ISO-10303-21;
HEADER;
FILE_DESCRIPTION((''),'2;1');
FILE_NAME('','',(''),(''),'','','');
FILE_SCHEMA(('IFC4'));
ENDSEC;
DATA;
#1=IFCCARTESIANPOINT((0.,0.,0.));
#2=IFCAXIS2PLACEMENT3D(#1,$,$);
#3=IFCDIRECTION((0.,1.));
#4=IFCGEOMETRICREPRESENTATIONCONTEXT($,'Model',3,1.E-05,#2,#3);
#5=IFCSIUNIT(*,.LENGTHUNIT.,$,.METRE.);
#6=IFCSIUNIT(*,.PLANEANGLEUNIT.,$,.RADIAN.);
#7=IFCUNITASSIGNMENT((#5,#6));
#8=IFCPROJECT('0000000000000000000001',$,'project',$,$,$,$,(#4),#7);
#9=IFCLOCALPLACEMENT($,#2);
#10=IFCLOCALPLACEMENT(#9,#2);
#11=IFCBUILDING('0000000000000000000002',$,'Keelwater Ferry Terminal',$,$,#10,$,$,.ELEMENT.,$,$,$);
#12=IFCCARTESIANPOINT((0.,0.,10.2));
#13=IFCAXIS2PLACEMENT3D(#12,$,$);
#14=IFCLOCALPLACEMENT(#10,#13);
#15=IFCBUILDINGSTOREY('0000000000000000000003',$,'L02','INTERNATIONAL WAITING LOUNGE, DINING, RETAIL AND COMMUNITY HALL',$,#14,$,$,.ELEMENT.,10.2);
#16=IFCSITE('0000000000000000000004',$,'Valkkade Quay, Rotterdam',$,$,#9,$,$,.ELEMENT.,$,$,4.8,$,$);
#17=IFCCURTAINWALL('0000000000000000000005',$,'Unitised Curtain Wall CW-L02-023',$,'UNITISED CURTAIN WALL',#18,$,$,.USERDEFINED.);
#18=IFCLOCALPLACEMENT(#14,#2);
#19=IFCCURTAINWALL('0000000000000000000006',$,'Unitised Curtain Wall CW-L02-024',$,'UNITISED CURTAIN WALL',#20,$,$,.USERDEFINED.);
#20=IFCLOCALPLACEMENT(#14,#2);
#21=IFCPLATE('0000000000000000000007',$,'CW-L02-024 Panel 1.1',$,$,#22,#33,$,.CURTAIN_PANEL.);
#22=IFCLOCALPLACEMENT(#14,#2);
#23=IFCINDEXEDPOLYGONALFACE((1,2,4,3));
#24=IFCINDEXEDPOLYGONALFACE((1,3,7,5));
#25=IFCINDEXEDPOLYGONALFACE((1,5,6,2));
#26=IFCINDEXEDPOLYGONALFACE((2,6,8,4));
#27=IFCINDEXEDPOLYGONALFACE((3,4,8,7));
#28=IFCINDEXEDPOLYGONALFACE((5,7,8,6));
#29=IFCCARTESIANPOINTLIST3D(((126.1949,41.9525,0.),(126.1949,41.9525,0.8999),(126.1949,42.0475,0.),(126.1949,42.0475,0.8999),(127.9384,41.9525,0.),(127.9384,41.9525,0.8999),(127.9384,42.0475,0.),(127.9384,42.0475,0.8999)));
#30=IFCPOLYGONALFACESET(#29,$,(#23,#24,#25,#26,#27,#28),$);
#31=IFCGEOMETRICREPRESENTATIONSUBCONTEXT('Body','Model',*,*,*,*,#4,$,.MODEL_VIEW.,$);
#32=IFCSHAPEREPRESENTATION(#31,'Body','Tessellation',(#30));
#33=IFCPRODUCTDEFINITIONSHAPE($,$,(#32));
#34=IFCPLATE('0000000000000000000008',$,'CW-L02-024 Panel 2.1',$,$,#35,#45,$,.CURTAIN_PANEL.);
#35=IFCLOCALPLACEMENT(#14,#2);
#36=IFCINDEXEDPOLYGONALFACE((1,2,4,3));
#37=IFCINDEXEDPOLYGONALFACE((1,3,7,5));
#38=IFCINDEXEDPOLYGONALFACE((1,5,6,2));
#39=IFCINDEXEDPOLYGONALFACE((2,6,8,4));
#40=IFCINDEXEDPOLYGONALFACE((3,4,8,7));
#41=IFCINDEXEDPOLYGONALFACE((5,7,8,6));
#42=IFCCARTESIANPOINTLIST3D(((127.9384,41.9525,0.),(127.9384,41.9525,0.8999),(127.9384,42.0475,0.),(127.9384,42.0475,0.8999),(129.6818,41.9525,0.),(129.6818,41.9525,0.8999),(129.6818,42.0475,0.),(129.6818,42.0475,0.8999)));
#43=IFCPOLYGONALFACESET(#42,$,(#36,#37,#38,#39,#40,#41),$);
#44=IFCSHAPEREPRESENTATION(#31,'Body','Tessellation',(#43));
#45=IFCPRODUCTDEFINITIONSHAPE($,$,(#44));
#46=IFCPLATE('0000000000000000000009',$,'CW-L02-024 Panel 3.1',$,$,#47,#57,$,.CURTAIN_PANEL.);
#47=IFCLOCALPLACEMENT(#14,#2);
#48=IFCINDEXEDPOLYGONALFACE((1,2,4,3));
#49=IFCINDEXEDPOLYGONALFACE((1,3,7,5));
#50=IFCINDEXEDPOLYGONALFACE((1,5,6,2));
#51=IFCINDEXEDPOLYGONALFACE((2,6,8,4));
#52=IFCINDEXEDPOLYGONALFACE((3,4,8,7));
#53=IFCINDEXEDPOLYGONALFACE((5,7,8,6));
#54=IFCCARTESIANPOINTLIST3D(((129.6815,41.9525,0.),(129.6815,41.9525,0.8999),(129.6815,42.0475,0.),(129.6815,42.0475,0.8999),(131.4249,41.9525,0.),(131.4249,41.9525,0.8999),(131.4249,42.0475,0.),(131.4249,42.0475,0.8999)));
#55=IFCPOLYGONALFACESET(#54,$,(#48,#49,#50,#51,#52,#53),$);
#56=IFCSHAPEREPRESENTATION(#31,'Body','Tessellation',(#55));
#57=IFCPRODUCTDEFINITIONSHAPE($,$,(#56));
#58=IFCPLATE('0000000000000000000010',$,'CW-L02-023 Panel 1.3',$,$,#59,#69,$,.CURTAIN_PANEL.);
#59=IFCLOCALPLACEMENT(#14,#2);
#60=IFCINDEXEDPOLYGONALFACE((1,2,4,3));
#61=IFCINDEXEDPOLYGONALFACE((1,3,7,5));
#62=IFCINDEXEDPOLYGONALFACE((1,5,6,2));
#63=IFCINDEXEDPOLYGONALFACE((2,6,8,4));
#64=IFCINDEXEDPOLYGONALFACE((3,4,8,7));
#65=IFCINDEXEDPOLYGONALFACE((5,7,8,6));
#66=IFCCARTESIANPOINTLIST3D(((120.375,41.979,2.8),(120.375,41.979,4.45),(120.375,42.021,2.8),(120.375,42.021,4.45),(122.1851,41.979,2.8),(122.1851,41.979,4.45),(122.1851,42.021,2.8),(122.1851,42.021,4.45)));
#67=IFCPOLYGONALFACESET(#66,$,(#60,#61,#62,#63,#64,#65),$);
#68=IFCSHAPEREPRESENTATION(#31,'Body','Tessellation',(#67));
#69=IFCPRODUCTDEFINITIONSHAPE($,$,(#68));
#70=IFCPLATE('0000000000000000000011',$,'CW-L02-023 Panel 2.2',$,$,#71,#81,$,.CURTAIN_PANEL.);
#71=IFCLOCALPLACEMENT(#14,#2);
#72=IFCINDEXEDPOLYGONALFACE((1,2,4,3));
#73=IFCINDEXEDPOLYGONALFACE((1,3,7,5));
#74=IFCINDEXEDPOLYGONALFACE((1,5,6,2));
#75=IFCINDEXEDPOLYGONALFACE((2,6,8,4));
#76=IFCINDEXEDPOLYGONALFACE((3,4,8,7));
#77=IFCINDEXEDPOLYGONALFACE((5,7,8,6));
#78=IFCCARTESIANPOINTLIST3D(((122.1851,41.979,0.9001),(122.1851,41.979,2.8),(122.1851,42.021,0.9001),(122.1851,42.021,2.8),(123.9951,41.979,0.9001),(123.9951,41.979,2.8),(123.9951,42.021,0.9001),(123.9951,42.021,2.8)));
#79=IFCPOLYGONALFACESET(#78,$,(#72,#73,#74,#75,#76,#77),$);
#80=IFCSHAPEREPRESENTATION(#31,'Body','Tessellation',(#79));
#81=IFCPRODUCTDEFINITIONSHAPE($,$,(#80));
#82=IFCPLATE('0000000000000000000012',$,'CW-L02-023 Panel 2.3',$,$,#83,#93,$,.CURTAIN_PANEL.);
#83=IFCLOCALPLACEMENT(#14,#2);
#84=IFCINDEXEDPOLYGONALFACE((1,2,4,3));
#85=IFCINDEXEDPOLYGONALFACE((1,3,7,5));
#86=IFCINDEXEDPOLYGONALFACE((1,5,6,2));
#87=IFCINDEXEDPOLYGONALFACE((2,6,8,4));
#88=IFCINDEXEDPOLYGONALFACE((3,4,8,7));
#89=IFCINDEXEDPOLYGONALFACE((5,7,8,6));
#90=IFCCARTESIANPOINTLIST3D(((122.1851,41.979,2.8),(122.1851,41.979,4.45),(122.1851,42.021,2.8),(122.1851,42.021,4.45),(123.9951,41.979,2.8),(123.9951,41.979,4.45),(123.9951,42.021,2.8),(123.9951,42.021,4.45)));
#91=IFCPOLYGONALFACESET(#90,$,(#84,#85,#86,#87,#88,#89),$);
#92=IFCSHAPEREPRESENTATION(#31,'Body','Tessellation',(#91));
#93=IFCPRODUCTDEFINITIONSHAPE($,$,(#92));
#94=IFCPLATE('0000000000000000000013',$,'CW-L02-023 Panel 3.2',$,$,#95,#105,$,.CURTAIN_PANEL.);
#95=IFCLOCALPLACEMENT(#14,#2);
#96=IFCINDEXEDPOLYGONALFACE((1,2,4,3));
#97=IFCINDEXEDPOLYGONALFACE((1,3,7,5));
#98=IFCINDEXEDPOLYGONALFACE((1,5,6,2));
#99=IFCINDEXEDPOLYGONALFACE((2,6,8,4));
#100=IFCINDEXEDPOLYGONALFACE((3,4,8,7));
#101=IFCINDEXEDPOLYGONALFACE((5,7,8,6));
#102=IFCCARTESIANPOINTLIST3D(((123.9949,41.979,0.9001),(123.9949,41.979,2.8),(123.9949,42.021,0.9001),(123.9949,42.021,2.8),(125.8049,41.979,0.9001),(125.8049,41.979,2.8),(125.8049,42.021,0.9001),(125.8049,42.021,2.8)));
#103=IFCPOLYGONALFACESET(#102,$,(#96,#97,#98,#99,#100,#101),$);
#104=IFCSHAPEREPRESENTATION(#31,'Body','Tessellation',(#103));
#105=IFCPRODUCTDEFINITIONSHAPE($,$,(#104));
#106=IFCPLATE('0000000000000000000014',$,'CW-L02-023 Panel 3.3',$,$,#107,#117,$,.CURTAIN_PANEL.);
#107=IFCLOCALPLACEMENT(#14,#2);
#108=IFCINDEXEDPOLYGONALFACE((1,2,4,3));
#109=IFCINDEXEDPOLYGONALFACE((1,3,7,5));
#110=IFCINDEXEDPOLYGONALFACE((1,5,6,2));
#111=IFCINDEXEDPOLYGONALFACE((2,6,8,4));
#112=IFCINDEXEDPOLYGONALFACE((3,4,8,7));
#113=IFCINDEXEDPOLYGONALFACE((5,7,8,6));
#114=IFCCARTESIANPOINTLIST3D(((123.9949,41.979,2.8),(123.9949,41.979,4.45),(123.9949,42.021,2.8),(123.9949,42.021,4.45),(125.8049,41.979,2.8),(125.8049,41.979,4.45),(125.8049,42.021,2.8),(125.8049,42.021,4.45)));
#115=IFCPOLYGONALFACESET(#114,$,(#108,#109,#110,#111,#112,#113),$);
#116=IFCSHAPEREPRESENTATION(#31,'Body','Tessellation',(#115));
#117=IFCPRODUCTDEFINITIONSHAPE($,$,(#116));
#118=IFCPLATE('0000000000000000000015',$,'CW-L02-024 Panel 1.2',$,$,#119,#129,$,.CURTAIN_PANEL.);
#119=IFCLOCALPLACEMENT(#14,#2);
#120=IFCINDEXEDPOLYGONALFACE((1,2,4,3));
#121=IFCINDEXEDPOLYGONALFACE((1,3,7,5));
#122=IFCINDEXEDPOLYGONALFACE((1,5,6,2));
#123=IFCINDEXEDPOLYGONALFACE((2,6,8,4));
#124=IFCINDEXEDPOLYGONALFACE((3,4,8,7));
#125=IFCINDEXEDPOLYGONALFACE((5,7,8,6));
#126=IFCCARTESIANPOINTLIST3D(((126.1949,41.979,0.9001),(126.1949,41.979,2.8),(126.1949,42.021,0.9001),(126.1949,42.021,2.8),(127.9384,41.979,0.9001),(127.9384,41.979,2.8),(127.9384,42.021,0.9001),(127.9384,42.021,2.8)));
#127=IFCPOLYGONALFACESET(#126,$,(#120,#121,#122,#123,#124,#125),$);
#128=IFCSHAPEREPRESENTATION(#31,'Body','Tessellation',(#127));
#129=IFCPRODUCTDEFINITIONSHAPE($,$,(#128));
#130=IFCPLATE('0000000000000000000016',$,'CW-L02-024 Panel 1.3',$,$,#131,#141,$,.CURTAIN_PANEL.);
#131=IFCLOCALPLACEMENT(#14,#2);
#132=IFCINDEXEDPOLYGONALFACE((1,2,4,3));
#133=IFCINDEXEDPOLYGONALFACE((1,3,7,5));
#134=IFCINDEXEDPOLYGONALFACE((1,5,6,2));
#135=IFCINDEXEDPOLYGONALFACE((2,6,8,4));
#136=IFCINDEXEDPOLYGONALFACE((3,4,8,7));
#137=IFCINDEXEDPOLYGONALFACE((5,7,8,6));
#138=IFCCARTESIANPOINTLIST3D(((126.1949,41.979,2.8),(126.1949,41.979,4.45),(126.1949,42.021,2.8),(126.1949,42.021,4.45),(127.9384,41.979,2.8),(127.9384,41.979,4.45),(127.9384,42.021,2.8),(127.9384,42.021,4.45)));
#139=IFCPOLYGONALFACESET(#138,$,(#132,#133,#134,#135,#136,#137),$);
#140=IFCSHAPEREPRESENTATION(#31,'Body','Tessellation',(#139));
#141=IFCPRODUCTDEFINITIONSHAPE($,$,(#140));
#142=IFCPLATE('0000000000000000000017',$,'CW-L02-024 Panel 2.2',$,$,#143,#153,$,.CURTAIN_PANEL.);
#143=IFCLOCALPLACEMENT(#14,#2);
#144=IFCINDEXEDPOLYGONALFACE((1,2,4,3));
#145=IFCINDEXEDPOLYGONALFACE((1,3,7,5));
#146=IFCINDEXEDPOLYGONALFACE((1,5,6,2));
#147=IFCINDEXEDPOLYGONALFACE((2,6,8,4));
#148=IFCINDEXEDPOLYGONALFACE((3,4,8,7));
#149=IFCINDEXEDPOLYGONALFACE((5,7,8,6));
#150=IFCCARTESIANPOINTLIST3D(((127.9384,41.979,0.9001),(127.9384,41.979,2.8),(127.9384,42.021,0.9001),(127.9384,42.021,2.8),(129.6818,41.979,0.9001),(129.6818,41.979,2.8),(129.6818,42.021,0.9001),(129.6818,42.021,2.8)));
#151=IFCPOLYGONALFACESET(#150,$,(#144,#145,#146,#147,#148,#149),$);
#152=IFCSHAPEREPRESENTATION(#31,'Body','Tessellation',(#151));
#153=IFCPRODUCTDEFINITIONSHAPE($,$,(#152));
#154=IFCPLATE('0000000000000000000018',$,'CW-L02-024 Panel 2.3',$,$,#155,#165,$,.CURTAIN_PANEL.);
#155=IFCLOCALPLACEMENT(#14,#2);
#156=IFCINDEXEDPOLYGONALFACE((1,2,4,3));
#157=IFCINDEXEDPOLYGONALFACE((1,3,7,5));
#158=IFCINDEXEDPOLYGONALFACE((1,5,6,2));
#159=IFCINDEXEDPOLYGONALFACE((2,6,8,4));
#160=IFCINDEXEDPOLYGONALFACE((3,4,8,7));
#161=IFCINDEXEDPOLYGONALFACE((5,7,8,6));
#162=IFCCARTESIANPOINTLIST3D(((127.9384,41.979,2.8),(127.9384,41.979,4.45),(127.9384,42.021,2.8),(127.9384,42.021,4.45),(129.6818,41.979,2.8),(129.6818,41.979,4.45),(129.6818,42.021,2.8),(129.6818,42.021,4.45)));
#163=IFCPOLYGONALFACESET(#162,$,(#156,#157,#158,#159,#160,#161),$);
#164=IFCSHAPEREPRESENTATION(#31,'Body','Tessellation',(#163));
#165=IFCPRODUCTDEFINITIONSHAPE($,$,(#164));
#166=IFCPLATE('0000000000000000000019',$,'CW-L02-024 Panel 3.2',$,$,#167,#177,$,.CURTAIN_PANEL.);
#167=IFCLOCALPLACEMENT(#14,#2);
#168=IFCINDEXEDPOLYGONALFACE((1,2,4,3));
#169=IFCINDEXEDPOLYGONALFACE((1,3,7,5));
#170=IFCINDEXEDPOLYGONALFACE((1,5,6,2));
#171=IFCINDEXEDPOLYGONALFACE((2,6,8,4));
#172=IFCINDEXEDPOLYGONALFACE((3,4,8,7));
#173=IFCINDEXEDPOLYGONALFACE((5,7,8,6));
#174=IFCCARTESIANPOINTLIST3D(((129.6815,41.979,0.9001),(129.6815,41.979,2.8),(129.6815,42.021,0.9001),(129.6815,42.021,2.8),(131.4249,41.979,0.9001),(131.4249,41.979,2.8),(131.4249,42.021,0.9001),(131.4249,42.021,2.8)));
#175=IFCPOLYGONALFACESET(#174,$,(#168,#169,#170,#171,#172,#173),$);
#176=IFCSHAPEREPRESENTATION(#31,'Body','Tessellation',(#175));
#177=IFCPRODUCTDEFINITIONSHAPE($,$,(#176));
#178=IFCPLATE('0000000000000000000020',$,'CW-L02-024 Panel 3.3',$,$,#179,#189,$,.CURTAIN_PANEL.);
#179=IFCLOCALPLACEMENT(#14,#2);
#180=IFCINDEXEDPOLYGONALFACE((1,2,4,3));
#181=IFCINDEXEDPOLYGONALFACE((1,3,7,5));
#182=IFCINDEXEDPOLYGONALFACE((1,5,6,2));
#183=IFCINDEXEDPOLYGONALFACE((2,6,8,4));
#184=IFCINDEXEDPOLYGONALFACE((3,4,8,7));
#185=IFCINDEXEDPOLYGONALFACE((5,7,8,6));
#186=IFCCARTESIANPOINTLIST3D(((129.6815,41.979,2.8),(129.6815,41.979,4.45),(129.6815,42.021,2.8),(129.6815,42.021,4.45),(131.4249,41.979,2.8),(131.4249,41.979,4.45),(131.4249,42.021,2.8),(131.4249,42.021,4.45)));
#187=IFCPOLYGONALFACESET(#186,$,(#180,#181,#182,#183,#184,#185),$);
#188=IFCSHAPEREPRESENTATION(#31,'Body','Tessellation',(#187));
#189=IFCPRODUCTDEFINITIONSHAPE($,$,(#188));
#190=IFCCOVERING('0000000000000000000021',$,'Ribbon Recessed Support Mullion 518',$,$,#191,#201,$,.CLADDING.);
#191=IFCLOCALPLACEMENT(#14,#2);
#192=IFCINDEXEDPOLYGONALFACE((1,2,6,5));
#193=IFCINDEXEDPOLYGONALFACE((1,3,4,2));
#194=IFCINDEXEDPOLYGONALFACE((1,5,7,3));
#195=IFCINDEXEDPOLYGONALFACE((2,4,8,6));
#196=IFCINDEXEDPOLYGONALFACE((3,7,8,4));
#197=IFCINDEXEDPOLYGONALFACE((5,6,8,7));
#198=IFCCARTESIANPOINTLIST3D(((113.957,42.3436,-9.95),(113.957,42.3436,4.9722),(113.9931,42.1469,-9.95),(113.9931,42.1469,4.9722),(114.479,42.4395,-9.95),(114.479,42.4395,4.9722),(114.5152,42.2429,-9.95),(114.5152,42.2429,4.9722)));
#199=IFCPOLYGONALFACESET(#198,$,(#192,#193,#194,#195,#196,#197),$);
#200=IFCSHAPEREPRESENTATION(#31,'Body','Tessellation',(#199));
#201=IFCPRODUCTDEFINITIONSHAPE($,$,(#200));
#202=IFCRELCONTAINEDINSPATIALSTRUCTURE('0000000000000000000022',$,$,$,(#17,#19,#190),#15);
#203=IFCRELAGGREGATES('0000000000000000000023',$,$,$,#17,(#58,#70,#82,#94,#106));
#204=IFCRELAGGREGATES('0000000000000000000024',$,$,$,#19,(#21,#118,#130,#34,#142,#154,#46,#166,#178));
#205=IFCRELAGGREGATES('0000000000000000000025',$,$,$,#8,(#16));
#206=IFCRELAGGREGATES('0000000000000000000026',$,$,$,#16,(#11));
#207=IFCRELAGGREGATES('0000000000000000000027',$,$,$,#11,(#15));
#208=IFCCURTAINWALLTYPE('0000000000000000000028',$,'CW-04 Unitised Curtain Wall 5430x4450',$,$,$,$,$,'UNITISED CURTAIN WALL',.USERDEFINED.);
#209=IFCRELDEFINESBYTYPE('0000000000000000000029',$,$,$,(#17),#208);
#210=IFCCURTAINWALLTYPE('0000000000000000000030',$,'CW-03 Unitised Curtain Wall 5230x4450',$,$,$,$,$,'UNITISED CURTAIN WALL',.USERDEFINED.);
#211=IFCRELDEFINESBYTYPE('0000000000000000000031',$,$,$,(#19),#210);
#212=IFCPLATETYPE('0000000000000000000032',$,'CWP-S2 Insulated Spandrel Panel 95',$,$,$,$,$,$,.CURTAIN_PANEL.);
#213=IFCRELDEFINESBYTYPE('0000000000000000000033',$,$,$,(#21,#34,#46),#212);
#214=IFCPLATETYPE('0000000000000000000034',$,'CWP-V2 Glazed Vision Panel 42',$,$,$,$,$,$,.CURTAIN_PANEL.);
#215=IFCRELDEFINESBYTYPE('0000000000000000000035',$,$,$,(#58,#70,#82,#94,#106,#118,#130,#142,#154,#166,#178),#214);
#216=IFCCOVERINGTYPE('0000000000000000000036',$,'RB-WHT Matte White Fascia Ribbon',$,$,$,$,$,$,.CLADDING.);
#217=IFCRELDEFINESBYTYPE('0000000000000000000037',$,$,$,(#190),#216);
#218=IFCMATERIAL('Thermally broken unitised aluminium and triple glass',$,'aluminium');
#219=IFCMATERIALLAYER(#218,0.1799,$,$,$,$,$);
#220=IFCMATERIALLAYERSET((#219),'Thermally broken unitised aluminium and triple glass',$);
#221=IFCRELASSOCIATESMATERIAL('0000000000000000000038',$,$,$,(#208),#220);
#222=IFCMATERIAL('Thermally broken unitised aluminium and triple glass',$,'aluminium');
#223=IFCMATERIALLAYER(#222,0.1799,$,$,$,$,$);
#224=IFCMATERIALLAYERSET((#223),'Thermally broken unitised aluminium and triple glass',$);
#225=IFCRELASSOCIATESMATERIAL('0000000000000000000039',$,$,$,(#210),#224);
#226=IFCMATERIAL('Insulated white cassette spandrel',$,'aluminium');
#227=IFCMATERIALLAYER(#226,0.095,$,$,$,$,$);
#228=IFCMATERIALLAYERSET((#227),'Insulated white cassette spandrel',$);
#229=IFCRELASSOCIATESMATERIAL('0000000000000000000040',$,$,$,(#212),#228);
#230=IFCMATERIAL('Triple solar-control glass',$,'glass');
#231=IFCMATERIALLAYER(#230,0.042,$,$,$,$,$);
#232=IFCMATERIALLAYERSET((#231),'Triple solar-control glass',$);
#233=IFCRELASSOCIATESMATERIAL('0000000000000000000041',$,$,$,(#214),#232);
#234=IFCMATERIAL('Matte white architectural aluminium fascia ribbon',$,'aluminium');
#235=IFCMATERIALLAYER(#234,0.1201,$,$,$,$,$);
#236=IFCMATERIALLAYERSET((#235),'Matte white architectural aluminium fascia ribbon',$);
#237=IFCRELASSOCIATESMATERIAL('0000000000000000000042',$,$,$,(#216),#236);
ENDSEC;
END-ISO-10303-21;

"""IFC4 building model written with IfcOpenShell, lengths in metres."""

from ifc_helpers import new_model, si_unit, direction, frame, origin, origin_2d, place, context, subcontext, project, spatial, polyline, rectangle, outline, extrude, material, layer, layer_set, type_object, element, aggregate, save


model = new_model("IFC4")

# Units and contexts
model_context = context("Model", 3, precision=1e-05, world=origin(), true_north=direction((0.0, 1.0)))
body_context = subcontext(model_context, "Body", "Model", "MODEL_VIEW")
ifc_project = project(units=[si_unit("LENGTHUNIT", "METRE"), si_unit("PLANEANGLEUNIT", "RADIAN")], contexts=[model_context])

# Site, building, storey
site_placement = place(None, origin())
site = spatial("IfcSite", under=ifc_project, at=site_placement, Name="Valkkade Quay, Rotterdam", CompositionType="ELEMENT", RefElevation=4.8)
building_placement = place(site_placement, origin())
building = spatial("IfcBuilding", under=site, at=building_placement, Name="Keelwater Ferry Terminal", CompositionType="ELEMENT")
storey_placement = place(building_placement, frame((0.0, 0.0, 10.2)))
storey = spatial("IfcBuildingStorey", under=building, at=storey_placement, Name="L02", Description="INTERNATIONAL WAITING LOUNGE, DINING, RETAIL AND COMMUNITY HALL", CompositionType="ELEMENT", Elevation=10.2)

# Curtain walls
ifc_material_1 = material(Name="Thermally broken unitised aluminium and triple glass", Category="aluminium")
ifc_layer_1 = layer(ifc_material_1, 0.1799)
ifc_layer_set_1 = layer_set([ifc_layer_1], Name="Thermally broken unitised aluminium and triple glass")
curtain_wall_type_1 = type_object("IfcCurtainWallType", Name="CW-04 Unitised Curtain Wall 5430x4450", ElementType="UNITISED CURTAIN WALL", PredefinedType="USERDEFINED", material=ifc_layer_set_1)
curtain_wall_1_placement = place(storey_placement, origin())
curtain_wall_1 = element("IfcCurtainWall", 1, at=curtain_wall_1_placement, inside=storey, type_object=curtain_wall_type_1, Name="Unitised Curtain Wall CW-L02-023", ObjectType="UNITISED CURTAIN WALL", PredefinedType="USERDEFINED")
ifc_material_2 = material(Name="Thermally broken unitised aluminium and triple glass", Category="aluminium")
ifc_layer_2 = layer(ifc_material_2, 0.1799)
ifc_layer_set_2 = layer_set([ifc_layer_2], Name="Thermally broken unitised aluminium and triple glass")
curtain_wall_type_2 = type_object("IfcCurtainWallType", Name="CW-03 Unitised Curtain Wall 5230x4450", ElementType="UNITISED CURTAIN WALL", PredefinedType="USERDEFINED", material=ifc_layer_set_2)
curtain_wall_2_placement = place(storey_placement, origin())
curtain_wall_2 = element("IfcCurtainWall", 2, at=curtain_wall_2_placement, inside=storey, type_object=curtain_wall_type_2, Name="Unitised Curtain Wall CW-L02-024", ObjectType="UNITISED CURTAIN WALL", PredefinedType="USERDEFINED")

# Plates
ifc_material_3 = material(Name="Insulated white cassette spandrel", Category="aluminium")
ifc_layer_3 = layer(ifc_material_3, 0.095)
ifc_layer_set_3 = layer_set([ifc_layer_3], Name="Insulated white cassette spandrel")
plate_type_1 = type_object("IfcPlateType", Name="CWP-S2 Insulated Spandrel Panel 95", PredefinedType="CURTAIN_PANEL", material=ifc_layer_set_3)
plate_1_placement = place(storey_placement, frame((127.0667, 42.0, 0.0), z_axis=(0.0, 0.0, 1.0), x_axis=(1.0, 0.0, 0.0)))
plate_1 = element("IfcPlate", 3, at=plate_1_placement, type_object=plate_type_1, Name="CW-L02-024 Panel 1.1", PredefinedType="CURTAIN_PANEL", context=body_context, shape_type="SweptSolid", body=[
    extrude(rectangle(XDim=1.7434, YDim=0.095, at=origin_2d()), origin(), (0.0, 0.0, 1.0), 0.8999),
])
plate_2_placement = place(storey_placement, frame((128.8101, 42.0, 0.0), z_axis=(0.0, 0.0, 1.0), x_axis=(1.0, 0.0, 0.0)))
plate_2 = element("IfcPlate", 4, at=plate_2_placement, type_object=plate_type_1, Name="CW-L02-024 Panel 2.1", PredefinedType="CURTAIN_PANEL", context=body_context, shape_type="SweptSolid", body=[
    extrude(rectangle(XDim=1.7434, YDim=0.095, at=origin_2d()), origin(), (0.0, 0.0, 1.0), 0.8999),
])
plate_3_placement = place(storey_placement, frame((130.5532, 42.0, 0.0), z_axis=(0.0, 0.0, 1.0), x_axis=(1.0, 0.0, 0.0)))
plate_3 = element("IfcPlate", 5, at=plate_3_placement, type_object=plate_type_1, Name="CW-L02-024 Panel 3.1", PredefinedType="CURTAIN_PANEL", context=body_context, shape_type="SweptSolid", body=[
    extrude(rectangle(XDim=1.7434, YDim=0.095, at=origin_2d()), origin(), (0.0, 0.0, 1.0), 0.8999),
])
ifc_material_4 = material(Name="Triple solar-control glass", Category="glass")
ifc_layer_4 = layer(ifc_material_4, 0.042)
ifc_layer_set_4 = layer_set([ifc_layer_4], Name="Triple solar-control glass")
plate_type_2 = type_object("IfcPlateType", Name="CWP-V2 Glazed Vision Panel 42", PredefinedType="CURTAIN_PANEL", material=ifc_layer_set_4)
plate_4_placement = place(storey_placement, frame((121.28, 42.0, 2.8), z_axis=(0.0, 0.0, 1.0), x_axis=(1.0, 0.0, 0.0)))
plate_4 = element("IfcPlate", 6, at=plate_4_placement, type_object=plate_type_2, Name="CW-L02-023 Panel 1.3", PredefinedType="CURTAIN_PANEL", context=body_context, shape_type="SweptSolid", body=[
    extrude(rectangle(XDim=1.8101, YDim=0.042, at=origin_2d()), origin(), (0.0, 0.0, 1.0), 1.6499),
])
plate_5_placement = place(storey_placement, frame((123.0901, 42.0, 0.9001), z_axis=(0.0, 0.0, 1.0), x_axis=(1.0, 0.0, 0.0)))
plate_5 = element("IfcPlate", 7, at=plate_5_placement, type_object=plate_type_2, Name="CW-L02-023 Panel 2.2", PredefinedType="CURTAIN_PANEL", context=body_context, shape_type="SweptSolid", body=[
    extrude(rectangle(XDim=1.8101, YDim=0.042, at=origin_2d()), origin(), (0.0, 0.0, 1.0), 1.8999),
])
plate_6_placement = place(storey_placement, frame((123.0901, 42.0, 2.8), z_axis=(0.0, 0.0, 1.0), x_axis=(1.0, 0.0, 0.0)))
plate_6 = element("IfcPlate", 8, at=plate_6_placement, type_object=plate_type_2, Name="CW-L02-023 Panel 2.3", PredefinedType="CURTAIN_PANEL", context=body_context, shape_type="SweptSolid", body=[
    extrude(rectangle(XDim=1.8101, YDim=0.042, at=origin_2d()), origin(), (0.0, 0.0, 1.0), 1.6499),
])
plate_7_placement = place(storey_placement, frame((124.8999, 42.0, 0.9001), z_axis=(0.0, 0.0, 1.0), x_axis=(1.0, 0.0, 0.0)))
plate_7 = element("IfcPlate", 9, at=plate_7_placement, type_object=plate_type_2, Name="CW-L02-023 Panel 3.2", PredefinedType="CURTAIN_PANEL", context=body_context, shape_type="SweptSolid", body=[
    extrude(rectangle(XDim=1.8101, YDim=0.042, at=origin_2d()), origin(), (0.0, 0.0, 1.0), 1.8999),
])
plate_8_placement = place(storey_placement, frame((124.8999, 42.0, 2.8), z_axis=(0.0, 0.0, 1.0), x_axis=(1.0, 0.0, 0.0)))
plate_8 = element("IfcPlate", 10, at=plate_8_placement, type_object=plate_type_2, Name="CW-L02-023 Panel 3.3", PredefinedType="CURTAIN_PANEL", context=body_context, shape_type="SweptSolid", body=[
    extrude(rectangle(XDim=1.8101, YDim=0.042, at=origin_2d()), origin(), (0.0, 0.0, 1.0), 1.6499),
])
aggregate(curtain_wall_1, [plate_4, plate_5, plate_6, plate_7, plate_8])
plate_9_placement = place(storey_placement, frame((127.0667, 42.0, 0.9001), z_axis=(0.0, 0.0, 1.0), x_axis=(1.0, 0.0, 0.0)))
plate_9 = element("IfcPlate", 11, at=plate_9_placement, type_object=plate_type_2, Name="CW-L02-024 Panel 1.2", PredefinedType="CURTAIN_PANEL", context=body_context, shape_type="SweptSolid", body=[
    extrude(rectangle(XDim=1.7434, YDim=0.042, at=origin_2d()), origin(), (0.0, 0.0, 1.0), 1.8999),
])
plate_10_placement = place(storey_placement, frame((127.0667, 42.0, 2.8), z_axis=(0.0, 0.0, 1.0), x_axis=(1.0, 0.0, 0.0)))
plate_10 = element("IfcPlate", 12, at=plate_10_placement, type_object=plate_type_2, Name="CW-L02-024 Panel 1.3", PredefinedType="CURTAIN_PANEL", context=body_context, shape_type="SweptSolid", body=[
    extrude(rectangle(XDim=1.7434, YDim=0.042, at=origin_2d()), origin(), (0.0, 0.0, 1.0), 1.6499),
])
plate_11_placement = place(storey_placement, frame((128.8101, 42.0, 0.9001), z_axis=(0.0, 0.0, 1.0), x_axis=(1.0, 0.0, 0.0)))
plate_11 = element("IfcPlate", 13, at=plate_11_placement, type_object=plate_type_2, Name="CW-L02-024 Panel 2.2", PredefinedType="CURTAIN_PANEL", context=body_context, shape_type="SweptSolid", body=[
    extrude(rectangle(XDim=1.7434, YDim=0.042, at=origin_2d()), origin(), (0.0, 0.0, 1.0), 1.8999),
])
plate_12_placement = place(storey_placement, frame((128.8101, 42.0, 2.8), z_axis=(0.0, 0.0, 1.0), x_axis=(1.0, 0.0, 0.0)))
plate_12 = element("IfcPlate", 14, at=plate_12_placement, type_object=plate_type_2, Name="CW-L02-024 Panel 2.3", PredefinedType="CURTAIN_PANEL", context=body_context, shape_type="SweptSolid", body=[
    extrude(rectangle(XDim=1.7434, YDim=0.042, at=origin_2d()), origin(), (0.0, 0.0, 1.0), 1.6499),
])
plate_13_placement = place(storey_placement, frame((130.5532, 42.0, 0.9001), z_axis=(0.0, 0.0, 1.0), x_axis=(1.0, 0.0, 0.0)))
plate_13 = element("IfcPlate", 15, at=plate_13_placement, type_object=plate_type_2, Name="CW-L02-024 Panel 3.2", PredefinedType="CURTAIN_PANEL", context=body_context, shape_type="SweptSolid", body=[
    extrude(rectangle(XDim=1.7434, YDim=0.042, at=origin_2d()), origin(), (0.0, 0.0, 1.0), 1.8999),
])
plate_14_placement = place(storey_placement, frame((130.5532, 42.0, 2.8), z_axis=(0.0, 0.0, 1.0), x_axis=(1.0, 0.0, 0.0)))
plate_14 = element("IfcPlate", 16, at=plate_14_placement, type_object=plate_type_2, Name="CW-L02-024 Panel 3.3", PredefinedType="CURTAIN_PANEL", context=body_context, shape_type="SweptSolid", body=[
    extrude(rectangle(XDim=1.7434, YDim=0.042, at=origin_2d()), origin(), (0.0, 0.0, 1.0), 1.6499),
])
aggregate(curtain_wall_2, [plate_1, plate_9, plate_10, plate_2, plate_11, plate_12, plate_3, plate_13, plate_14])

# Covering
ifc_material_5 = material(Name="Matte white architectural aluminium fascia ribbon", Category="aluminium")
ifc_layer_5 = layer(ifc_material_5, 0.1201)
ifc_layer_set_5 = layer_set([ifc_layer_5], Name="Matte white architectural aluminium fascia ribbon")
covering_type = type_object("IfcCoveringType", Name="RB-WHT Matte White Fascia Ribbon", PredefinedType="CLADDING", material=ifc_layer_set_5)
covering_1_placement = place(storey_placement, frame((113.9751, 42.2451, -9.95), z_axis=(0.0, 0.0, 1.0), x_axis=(0.983522, 0.180788, 0.0)))
element("IfcCovering", 17, at=covering_1_placement, inside=storey, type_object=covering_type, Name="Ribbon Recessed Support Mullion 518", PredefinedType="CLADDING", context=body_context, shape_type="SweptSolid", body=[
    extrude(outline(polyline([(0.0, 0.0), (0.5308, 0.0), (0.5308, 14.9221), (0.0, 14.9221), (0.0, 0.0)])), frame((0.0, 0.1001, 0.0), z_axis=(0.0, -1.0, 0.0), x_axis=(1.0, 0.0, 0.0)), (0.0, 0.0, 1.0), 0.2),
])

save(model, "model.ifc")
